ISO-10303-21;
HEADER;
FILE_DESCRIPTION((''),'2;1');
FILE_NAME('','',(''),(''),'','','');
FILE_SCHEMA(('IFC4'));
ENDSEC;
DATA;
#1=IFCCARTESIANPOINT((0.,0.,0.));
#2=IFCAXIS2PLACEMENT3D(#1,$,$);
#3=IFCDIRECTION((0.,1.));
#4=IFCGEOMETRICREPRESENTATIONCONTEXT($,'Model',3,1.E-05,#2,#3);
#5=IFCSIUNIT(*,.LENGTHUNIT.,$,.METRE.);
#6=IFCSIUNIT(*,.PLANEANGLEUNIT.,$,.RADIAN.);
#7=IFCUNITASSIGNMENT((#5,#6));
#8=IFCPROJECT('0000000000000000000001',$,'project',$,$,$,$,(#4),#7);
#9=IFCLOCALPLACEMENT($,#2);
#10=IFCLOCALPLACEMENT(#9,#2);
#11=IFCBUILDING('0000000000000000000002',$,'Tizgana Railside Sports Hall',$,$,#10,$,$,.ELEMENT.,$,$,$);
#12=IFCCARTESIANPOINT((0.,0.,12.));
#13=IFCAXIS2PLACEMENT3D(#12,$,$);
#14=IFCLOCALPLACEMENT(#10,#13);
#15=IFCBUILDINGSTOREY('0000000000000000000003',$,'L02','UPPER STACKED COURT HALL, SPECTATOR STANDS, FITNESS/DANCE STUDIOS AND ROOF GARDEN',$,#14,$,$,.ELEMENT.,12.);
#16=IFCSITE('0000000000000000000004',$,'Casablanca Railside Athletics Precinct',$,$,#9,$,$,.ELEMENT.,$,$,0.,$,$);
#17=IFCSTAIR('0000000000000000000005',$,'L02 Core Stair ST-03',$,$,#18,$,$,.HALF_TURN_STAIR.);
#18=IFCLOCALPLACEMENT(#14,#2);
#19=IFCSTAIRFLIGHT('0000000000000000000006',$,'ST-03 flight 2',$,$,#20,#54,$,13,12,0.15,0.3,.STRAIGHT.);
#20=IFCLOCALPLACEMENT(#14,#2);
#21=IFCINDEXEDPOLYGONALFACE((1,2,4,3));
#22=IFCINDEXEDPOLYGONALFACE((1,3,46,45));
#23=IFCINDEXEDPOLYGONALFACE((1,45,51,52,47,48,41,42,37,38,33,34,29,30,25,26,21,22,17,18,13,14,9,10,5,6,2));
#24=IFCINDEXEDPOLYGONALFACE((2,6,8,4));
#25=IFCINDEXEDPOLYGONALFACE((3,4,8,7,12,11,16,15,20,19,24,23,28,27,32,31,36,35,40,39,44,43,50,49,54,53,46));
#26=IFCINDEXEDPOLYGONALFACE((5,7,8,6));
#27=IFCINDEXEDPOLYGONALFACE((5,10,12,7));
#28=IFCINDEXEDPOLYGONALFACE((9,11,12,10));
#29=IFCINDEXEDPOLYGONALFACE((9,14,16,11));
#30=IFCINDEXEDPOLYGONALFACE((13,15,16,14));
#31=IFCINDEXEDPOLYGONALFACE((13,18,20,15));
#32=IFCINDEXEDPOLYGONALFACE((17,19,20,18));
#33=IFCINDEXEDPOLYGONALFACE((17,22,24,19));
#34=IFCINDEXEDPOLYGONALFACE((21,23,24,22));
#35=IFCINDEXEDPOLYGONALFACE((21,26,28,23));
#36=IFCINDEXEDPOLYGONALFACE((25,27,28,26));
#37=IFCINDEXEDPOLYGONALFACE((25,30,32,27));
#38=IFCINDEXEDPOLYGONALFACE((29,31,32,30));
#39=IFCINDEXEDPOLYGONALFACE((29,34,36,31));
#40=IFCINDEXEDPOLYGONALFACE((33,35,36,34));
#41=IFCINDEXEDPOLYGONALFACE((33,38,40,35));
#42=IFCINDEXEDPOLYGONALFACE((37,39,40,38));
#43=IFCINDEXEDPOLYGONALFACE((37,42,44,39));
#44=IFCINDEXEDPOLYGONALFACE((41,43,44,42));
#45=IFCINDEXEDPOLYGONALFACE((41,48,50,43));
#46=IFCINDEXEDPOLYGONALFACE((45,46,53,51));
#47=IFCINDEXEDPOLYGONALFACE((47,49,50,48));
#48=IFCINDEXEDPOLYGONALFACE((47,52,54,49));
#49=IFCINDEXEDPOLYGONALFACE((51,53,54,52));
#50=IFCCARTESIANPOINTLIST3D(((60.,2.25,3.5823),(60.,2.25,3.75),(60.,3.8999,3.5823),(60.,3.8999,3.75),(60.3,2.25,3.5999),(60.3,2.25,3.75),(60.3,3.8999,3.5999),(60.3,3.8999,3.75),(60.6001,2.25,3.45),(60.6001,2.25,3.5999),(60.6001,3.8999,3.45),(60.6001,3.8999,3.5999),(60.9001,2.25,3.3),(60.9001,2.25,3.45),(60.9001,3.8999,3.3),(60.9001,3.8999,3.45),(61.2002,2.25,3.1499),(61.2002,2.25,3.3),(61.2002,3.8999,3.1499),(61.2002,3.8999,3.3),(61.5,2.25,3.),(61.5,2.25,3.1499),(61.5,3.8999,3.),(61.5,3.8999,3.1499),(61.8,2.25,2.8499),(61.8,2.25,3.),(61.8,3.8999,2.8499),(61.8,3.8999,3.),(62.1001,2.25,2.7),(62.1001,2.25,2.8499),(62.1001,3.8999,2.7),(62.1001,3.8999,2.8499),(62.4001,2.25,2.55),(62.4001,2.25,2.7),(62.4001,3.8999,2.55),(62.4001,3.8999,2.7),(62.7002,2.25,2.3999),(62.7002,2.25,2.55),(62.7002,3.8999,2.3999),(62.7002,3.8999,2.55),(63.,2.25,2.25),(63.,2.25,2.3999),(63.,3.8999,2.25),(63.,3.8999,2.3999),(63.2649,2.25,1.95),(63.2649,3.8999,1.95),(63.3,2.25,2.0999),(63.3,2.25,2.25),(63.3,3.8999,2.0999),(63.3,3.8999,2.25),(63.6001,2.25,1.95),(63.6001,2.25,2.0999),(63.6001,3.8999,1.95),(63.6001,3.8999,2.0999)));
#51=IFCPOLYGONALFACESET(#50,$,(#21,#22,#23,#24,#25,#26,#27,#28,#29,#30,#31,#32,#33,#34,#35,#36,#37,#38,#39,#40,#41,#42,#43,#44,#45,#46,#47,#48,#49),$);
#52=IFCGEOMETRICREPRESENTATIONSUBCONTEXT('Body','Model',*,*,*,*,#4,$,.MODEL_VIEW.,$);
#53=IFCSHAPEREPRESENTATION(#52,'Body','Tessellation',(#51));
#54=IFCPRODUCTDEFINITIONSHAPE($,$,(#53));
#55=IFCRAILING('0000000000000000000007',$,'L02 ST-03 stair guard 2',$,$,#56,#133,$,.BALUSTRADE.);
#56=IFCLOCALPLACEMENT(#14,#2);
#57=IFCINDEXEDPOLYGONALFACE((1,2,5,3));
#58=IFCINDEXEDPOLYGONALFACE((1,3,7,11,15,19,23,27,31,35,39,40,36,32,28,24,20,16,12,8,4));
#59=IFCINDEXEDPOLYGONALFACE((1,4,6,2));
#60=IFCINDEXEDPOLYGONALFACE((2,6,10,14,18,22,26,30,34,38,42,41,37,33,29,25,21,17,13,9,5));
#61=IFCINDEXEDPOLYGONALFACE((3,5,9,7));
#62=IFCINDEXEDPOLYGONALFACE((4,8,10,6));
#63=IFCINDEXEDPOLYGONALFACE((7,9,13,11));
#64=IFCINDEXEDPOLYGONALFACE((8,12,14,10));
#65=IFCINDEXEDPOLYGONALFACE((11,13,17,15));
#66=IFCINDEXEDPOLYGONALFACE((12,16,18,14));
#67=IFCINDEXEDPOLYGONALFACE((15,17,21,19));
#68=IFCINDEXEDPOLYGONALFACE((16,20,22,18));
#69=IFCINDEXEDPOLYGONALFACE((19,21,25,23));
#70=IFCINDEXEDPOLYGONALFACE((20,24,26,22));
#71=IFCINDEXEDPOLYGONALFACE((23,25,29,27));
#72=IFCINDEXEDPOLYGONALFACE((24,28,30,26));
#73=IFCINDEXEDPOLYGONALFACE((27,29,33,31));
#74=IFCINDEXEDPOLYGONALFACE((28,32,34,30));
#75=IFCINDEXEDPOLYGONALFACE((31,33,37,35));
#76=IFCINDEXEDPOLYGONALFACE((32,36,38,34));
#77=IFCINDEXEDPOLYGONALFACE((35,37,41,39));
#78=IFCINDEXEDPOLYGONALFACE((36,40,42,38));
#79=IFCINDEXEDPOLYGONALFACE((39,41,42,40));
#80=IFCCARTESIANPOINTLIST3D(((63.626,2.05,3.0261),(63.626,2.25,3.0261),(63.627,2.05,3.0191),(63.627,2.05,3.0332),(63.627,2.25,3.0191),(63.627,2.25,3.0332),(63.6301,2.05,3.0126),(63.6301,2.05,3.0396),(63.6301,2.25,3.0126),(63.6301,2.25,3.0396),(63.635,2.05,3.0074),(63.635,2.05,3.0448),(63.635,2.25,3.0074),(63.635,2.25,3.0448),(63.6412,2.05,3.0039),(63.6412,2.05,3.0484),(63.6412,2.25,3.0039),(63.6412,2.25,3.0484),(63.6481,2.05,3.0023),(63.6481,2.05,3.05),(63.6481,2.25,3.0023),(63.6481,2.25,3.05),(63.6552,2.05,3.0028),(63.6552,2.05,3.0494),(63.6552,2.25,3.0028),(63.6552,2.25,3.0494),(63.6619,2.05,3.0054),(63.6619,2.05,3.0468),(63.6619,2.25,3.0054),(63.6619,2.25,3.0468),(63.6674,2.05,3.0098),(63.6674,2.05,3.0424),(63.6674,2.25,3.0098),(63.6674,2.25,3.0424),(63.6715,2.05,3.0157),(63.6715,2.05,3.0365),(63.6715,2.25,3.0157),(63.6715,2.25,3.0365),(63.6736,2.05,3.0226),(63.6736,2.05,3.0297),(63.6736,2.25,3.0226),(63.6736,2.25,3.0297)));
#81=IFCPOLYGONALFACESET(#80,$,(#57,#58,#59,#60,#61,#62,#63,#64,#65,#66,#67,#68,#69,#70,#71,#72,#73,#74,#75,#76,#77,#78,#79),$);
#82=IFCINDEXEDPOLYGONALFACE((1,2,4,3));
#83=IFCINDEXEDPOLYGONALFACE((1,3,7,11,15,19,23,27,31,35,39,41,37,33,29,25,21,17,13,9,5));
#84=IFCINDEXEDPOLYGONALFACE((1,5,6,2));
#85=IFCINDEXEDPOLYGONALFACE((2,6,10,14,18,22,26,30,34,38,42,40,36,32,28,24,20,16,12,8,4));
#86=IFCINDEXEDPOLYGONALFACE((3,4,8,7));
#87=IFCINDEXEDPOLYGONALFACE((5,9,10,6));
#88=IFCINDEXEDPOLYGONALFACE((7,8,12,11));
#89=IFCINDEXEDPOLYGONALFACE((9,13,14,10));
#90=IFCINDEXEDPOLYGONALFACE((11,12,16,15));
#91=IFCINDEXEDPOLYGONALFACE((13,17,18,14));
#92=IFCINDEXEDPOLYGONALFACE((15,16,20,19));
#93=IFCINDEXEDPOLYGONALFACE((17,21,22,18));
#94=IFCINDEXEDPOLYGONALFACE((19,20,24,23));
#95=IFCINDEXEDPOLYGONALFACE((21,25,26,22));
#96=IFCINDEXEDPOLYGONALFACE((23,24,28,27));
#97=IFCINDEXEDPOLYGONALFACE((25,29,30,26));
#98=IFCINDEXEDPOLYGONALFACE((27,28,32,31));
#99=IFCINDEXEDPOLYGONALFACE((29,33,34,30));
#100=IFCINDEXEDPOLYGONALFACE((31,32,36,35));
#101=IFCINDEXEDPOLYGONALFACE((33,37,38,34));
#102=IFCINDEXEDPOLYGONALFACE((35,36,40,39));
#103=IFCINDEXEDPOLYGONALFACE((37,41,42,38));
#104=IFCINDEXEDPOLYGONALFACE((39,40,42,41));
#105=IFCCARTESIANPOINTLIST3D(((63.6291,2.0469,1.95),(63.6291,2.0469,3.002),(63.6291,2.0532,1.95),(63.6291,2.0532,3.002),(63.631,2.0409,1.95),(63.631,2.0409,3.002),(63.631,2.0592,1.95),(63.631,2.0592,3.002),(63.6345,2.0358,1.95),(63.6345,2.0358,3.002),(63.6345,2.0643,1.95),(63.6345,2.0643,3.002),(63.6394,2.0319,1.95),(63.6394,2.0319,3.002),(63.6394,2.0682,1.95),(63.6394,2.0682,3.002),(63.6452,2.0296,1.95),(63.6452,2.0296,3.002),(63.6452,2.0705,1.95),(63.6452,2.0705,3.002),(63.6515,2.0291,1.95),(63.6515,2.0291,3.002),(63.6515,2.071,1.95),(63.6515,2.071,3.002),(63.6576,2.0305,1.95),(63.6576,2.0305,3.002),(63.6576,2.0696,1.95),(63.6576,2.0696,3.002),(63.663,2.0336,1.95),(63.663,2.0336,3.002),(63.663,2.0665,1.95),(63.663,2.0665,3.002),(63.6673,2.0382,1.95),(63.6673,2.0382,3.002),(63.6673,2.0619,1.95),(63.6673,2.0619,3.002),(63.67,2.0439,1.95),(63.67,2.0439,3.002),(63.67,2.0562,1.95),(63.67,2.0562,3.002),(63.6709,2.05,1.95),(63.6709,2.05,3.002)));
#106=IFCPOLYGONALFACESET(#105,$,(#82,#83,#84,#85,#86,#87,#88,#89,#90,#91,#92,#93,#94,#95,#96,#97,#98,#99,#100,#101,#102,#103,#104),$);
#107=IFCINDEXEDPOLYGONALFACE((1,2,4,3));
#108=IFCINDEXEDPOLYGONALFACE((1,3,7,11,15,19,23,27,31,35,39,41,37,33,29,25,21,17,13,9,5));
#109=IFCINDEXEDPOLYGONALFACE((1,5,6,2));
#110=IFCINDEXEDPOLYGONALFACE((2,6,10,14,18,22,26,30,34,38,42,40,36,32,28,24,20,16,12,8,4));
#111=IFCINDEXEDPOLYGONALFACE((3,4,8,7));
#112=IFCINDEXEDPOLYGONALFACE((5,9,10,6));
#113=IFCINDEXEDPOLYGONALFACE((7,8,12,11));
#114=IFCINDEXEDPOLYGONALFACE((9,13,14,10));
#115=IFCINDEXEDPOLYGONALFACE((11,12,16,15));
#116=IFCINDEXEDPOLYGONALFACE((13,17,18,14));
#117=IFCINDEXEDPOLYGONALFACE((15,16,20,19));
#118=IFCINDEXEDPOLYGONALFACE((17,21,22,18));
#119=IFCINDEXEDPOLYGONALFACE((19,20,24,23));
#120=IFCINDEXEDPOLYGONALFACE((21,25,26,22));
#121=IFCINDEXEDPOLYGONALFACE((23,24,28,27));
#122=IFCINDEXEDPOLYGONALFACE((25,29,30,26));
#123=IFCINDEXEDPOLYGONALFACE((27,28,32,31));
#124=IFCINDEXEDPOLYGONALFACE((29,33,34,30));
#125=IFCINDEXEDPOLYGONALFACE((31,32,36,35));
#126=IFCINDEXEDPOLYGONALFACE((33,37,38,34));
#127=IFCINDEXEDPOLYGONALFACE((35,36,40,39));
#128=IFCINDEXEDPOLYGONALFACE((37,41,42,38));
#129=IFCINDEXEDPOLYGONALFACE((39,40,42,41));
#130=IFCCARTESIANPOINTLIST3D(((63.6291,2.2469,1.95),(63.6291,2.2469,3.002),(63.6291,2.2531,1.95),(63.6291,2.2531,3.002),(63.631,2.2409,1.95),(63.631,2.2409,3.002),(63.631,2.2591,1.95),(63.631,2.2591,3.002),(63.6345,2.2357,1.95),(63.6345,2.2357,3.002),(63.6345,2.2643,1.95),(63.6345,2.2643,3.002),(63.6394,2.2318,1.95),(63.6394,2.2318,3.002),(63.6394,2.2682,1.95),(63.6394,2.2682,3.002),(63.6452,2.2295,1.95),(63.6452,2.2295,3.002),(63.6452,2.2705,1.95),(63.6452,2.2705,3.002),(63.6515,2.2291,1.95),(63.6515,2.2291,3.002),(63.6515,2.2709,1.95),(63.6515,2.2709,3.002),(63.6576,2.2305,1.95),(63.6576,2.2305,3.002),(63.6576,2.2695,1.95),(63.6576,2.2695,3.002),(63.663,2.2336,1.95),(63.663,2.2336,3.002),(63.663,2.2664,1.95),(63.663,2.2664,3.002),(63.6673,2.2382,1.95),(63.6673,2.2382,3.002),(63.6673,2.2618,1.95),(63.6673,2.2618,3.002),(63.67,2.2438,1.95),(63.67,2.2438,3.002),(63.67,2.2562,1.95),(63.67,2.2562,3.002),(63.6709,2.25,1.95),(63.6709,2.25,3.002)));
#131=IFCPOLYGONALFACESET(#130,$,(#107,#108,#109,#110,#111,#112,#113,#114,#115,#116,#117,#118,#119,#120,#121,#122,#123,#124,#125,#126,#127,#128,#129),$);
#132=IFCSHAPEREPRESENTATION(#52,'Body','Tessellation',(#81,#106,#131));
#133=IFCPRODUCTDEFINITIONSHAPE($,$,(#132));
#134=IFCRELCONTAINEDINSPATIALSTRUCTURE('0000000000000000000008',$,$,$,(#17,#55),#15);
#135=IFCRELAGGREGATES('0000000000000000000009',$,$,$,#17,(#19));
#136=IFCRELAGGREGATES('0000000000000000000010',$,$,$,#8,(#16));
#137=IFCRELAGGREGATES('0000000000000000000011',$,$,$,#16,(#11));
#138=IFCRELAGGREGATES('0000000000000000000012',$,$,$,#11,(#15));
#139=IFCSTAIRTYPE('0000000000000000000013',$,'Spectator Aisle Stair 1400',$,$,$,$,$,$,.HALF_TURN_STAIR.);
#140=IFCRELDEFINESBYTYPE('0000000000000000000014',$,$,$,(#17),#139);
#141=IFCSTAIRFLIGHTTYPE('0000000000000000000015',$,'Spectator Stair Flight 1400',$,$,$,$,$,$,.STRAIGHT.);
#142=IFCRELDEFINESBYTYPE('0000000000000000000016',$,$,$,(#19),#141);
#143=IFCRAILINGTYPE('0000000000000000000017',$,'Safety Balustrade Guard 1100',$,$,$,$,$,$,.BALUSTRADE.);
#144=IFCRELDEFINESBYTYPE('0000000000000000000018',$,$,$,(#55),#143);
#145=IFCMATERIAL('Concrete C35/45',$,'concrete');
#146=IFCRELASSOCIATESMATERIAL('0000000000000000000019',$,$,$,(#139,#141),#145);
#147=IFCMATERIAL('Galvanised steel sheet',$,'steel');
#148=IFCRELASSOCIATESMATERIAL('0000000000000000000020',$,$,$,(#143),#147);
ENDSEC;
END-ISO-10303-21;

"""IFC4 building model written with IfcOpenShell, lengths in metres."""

from ifc_helpers import new_model, si_unit, direction, frame, origin, origin_2d, place, context, subcontext, project, spatial, polyline, circle, outline, extrude, material, type_object, element, aggregate, save


model = new_model("IFC4")

# Units and contexts
model_context = context("Model", 3, precision=1e-05, world=origin(), true_north=direction((0.0, 1.0)))
body_context = subcontext(model_context, "Body", "Model", "MODEL_VIEW")
ifc_project = project(units=[si_unit("LENGTHUNIT", "METRE"), si_unit("PLANEANGLEUNIT", "RADIAN")], contexts=[model_context])

# Site, building, storey
site_placement = place(None, origin())
site = spatial("IfcSite", under=ifc_project, at=site_placement, Name="Casablanca Railside Athletics Precinct", CompositionType="ELEMENT", RefElevation=0.0)
building_placement = place(site_placement, origin())
building = spatial("IfcBuilding", under=site, at=building_placement, Name="Tizgana Railside Sports Hall", CompositionType="ELEMENT")
storey_placement = place(building_placement, frame((0.0, 0.0, 12.0)))
storey = spatial("IfcBuildingStorey", under=building, at=storey_placement, Name="L02", Description="UPPER STACKED COURT HALL, SPECTATOR STANDS, FITNESS/DANCE STUDIOS AND ROOF GARDEN", CompositionType="ELEMENT", Elevation=12.0)

# Shared definitions
ifc_material_1 = material(Name="Concrete C35/45", Category="concrete")

# Stair, stair flight
stair_type = type_object("IfcStairType", Name="Spectator Aisle Stair 1400", PredefinedType="HALF_TURN_STAIR", material=ifc_material_1)
stair_placement = place(storey_placement, origin())
stair = element("IfcStair", 1, at=stair_placement, inside=storey, type_object=stair_type, Name="L02 Core Stair ST-03", PredefinedType="HALF_TURN_STAIR")
stair_flight_type = type_object("IfcStairFlightType", Name="Spectator Stair Flight 1400", PredefinedType="STRAIGHT", material=ifc_material_1)
stair_flight_placement = place(storey_placement, frame((63.6001, 3.075, 1.95), z_axis=(0.0, 0.0, 1.0), x_axis=(-1.0, 0.0, 0.0)))
stair_flight = element("IfcStairFlight", 2, at=stair_flight_placement, type_object=stair_flight_type, Name="ST-03 flight 2", NumberOfRisers=13, NumberOfTreads=12, PredefinedType="STRAIGHT", RiserHeight=0.15, TreadLength=0.3, context=body_context, shape_type="SweptSolid", body=[
    extrude(outline(polyline([(0.0, 0.0), (0.0, 0.1499), (0.3, 0.1499), (0.3, 0.3), (0.6001, 0.3), (0.6001, 0.45), (0.8999, 0.45), (0.8999, 0.6001), (1.2, 0.6001), (1.2, 0.75), (1.5, 0.75), (1.5, 0.8999), (1.8, 0.8999), (1.8, 1.05), (2.1001, 1.05), (2.1001, 1.2), (2.3999, 1.2), (2.3999, 1.3501), (2.7, 1.3501), (2.7, 1.5), (3.0, 1.5), (3.0, 1.6499), (3.3, 1.6499), (3.3, 1.8), (3.6001, 1.8), (3.6001, 1.95), (3.6001, 1.6323), (0.3352, 0.0), (0.0, 0.0)])), frame((0.0, 0.825, 0.0), z_axis=(0.0, -1.0, 0.0), x_axis=(1.0, 0.0, 0.0)), (0.0, 0.0, 1.0), 1.6499),
])
aggregate(stair, [stair_flight])

# Railing
ifc_material_2 = material(Name="Galvanised steel sheet", Category="steel")
railing_type_1 = type_object("IfcRailingType", Name="Safety Balustrade Guard 1100", PredefinedType="BALUSTRADE", material=ifc_material_2)
railing_1_placement = place(storey_placement, frame((63.6499, 2.05, 1.95)))
element("IfcRailing", 3, at=railing_1_placement, inside=storey, type_object=railing_type_1, Name="L02 ST-03 stair guard 2", PredefinedType="BALUSTRADE", context=body_context, shape_type="SweptSolid", body=[
    extrude(circle(Radius=0.0239, at=origin_2d()), frame((0.0, 0.0, 1.0762), z_axis=(0.0, 1.0, 0.0), x_axis=(-1.0, 0.0, 0.0)), (0.0, 0.0, 1.0), 0.2),
    extrude(circle(Radius=0.021, at=origin_2d()), origin(), (0.0, 0.0, 1.0), 1.052),
    extrude(circle(Radius=0.021, at=origin_2d()), frame((0.0, 0.2, 0.0)), (0.0, 0.0, 1.0), 1.052),
])

save(model, "model.ifc")
